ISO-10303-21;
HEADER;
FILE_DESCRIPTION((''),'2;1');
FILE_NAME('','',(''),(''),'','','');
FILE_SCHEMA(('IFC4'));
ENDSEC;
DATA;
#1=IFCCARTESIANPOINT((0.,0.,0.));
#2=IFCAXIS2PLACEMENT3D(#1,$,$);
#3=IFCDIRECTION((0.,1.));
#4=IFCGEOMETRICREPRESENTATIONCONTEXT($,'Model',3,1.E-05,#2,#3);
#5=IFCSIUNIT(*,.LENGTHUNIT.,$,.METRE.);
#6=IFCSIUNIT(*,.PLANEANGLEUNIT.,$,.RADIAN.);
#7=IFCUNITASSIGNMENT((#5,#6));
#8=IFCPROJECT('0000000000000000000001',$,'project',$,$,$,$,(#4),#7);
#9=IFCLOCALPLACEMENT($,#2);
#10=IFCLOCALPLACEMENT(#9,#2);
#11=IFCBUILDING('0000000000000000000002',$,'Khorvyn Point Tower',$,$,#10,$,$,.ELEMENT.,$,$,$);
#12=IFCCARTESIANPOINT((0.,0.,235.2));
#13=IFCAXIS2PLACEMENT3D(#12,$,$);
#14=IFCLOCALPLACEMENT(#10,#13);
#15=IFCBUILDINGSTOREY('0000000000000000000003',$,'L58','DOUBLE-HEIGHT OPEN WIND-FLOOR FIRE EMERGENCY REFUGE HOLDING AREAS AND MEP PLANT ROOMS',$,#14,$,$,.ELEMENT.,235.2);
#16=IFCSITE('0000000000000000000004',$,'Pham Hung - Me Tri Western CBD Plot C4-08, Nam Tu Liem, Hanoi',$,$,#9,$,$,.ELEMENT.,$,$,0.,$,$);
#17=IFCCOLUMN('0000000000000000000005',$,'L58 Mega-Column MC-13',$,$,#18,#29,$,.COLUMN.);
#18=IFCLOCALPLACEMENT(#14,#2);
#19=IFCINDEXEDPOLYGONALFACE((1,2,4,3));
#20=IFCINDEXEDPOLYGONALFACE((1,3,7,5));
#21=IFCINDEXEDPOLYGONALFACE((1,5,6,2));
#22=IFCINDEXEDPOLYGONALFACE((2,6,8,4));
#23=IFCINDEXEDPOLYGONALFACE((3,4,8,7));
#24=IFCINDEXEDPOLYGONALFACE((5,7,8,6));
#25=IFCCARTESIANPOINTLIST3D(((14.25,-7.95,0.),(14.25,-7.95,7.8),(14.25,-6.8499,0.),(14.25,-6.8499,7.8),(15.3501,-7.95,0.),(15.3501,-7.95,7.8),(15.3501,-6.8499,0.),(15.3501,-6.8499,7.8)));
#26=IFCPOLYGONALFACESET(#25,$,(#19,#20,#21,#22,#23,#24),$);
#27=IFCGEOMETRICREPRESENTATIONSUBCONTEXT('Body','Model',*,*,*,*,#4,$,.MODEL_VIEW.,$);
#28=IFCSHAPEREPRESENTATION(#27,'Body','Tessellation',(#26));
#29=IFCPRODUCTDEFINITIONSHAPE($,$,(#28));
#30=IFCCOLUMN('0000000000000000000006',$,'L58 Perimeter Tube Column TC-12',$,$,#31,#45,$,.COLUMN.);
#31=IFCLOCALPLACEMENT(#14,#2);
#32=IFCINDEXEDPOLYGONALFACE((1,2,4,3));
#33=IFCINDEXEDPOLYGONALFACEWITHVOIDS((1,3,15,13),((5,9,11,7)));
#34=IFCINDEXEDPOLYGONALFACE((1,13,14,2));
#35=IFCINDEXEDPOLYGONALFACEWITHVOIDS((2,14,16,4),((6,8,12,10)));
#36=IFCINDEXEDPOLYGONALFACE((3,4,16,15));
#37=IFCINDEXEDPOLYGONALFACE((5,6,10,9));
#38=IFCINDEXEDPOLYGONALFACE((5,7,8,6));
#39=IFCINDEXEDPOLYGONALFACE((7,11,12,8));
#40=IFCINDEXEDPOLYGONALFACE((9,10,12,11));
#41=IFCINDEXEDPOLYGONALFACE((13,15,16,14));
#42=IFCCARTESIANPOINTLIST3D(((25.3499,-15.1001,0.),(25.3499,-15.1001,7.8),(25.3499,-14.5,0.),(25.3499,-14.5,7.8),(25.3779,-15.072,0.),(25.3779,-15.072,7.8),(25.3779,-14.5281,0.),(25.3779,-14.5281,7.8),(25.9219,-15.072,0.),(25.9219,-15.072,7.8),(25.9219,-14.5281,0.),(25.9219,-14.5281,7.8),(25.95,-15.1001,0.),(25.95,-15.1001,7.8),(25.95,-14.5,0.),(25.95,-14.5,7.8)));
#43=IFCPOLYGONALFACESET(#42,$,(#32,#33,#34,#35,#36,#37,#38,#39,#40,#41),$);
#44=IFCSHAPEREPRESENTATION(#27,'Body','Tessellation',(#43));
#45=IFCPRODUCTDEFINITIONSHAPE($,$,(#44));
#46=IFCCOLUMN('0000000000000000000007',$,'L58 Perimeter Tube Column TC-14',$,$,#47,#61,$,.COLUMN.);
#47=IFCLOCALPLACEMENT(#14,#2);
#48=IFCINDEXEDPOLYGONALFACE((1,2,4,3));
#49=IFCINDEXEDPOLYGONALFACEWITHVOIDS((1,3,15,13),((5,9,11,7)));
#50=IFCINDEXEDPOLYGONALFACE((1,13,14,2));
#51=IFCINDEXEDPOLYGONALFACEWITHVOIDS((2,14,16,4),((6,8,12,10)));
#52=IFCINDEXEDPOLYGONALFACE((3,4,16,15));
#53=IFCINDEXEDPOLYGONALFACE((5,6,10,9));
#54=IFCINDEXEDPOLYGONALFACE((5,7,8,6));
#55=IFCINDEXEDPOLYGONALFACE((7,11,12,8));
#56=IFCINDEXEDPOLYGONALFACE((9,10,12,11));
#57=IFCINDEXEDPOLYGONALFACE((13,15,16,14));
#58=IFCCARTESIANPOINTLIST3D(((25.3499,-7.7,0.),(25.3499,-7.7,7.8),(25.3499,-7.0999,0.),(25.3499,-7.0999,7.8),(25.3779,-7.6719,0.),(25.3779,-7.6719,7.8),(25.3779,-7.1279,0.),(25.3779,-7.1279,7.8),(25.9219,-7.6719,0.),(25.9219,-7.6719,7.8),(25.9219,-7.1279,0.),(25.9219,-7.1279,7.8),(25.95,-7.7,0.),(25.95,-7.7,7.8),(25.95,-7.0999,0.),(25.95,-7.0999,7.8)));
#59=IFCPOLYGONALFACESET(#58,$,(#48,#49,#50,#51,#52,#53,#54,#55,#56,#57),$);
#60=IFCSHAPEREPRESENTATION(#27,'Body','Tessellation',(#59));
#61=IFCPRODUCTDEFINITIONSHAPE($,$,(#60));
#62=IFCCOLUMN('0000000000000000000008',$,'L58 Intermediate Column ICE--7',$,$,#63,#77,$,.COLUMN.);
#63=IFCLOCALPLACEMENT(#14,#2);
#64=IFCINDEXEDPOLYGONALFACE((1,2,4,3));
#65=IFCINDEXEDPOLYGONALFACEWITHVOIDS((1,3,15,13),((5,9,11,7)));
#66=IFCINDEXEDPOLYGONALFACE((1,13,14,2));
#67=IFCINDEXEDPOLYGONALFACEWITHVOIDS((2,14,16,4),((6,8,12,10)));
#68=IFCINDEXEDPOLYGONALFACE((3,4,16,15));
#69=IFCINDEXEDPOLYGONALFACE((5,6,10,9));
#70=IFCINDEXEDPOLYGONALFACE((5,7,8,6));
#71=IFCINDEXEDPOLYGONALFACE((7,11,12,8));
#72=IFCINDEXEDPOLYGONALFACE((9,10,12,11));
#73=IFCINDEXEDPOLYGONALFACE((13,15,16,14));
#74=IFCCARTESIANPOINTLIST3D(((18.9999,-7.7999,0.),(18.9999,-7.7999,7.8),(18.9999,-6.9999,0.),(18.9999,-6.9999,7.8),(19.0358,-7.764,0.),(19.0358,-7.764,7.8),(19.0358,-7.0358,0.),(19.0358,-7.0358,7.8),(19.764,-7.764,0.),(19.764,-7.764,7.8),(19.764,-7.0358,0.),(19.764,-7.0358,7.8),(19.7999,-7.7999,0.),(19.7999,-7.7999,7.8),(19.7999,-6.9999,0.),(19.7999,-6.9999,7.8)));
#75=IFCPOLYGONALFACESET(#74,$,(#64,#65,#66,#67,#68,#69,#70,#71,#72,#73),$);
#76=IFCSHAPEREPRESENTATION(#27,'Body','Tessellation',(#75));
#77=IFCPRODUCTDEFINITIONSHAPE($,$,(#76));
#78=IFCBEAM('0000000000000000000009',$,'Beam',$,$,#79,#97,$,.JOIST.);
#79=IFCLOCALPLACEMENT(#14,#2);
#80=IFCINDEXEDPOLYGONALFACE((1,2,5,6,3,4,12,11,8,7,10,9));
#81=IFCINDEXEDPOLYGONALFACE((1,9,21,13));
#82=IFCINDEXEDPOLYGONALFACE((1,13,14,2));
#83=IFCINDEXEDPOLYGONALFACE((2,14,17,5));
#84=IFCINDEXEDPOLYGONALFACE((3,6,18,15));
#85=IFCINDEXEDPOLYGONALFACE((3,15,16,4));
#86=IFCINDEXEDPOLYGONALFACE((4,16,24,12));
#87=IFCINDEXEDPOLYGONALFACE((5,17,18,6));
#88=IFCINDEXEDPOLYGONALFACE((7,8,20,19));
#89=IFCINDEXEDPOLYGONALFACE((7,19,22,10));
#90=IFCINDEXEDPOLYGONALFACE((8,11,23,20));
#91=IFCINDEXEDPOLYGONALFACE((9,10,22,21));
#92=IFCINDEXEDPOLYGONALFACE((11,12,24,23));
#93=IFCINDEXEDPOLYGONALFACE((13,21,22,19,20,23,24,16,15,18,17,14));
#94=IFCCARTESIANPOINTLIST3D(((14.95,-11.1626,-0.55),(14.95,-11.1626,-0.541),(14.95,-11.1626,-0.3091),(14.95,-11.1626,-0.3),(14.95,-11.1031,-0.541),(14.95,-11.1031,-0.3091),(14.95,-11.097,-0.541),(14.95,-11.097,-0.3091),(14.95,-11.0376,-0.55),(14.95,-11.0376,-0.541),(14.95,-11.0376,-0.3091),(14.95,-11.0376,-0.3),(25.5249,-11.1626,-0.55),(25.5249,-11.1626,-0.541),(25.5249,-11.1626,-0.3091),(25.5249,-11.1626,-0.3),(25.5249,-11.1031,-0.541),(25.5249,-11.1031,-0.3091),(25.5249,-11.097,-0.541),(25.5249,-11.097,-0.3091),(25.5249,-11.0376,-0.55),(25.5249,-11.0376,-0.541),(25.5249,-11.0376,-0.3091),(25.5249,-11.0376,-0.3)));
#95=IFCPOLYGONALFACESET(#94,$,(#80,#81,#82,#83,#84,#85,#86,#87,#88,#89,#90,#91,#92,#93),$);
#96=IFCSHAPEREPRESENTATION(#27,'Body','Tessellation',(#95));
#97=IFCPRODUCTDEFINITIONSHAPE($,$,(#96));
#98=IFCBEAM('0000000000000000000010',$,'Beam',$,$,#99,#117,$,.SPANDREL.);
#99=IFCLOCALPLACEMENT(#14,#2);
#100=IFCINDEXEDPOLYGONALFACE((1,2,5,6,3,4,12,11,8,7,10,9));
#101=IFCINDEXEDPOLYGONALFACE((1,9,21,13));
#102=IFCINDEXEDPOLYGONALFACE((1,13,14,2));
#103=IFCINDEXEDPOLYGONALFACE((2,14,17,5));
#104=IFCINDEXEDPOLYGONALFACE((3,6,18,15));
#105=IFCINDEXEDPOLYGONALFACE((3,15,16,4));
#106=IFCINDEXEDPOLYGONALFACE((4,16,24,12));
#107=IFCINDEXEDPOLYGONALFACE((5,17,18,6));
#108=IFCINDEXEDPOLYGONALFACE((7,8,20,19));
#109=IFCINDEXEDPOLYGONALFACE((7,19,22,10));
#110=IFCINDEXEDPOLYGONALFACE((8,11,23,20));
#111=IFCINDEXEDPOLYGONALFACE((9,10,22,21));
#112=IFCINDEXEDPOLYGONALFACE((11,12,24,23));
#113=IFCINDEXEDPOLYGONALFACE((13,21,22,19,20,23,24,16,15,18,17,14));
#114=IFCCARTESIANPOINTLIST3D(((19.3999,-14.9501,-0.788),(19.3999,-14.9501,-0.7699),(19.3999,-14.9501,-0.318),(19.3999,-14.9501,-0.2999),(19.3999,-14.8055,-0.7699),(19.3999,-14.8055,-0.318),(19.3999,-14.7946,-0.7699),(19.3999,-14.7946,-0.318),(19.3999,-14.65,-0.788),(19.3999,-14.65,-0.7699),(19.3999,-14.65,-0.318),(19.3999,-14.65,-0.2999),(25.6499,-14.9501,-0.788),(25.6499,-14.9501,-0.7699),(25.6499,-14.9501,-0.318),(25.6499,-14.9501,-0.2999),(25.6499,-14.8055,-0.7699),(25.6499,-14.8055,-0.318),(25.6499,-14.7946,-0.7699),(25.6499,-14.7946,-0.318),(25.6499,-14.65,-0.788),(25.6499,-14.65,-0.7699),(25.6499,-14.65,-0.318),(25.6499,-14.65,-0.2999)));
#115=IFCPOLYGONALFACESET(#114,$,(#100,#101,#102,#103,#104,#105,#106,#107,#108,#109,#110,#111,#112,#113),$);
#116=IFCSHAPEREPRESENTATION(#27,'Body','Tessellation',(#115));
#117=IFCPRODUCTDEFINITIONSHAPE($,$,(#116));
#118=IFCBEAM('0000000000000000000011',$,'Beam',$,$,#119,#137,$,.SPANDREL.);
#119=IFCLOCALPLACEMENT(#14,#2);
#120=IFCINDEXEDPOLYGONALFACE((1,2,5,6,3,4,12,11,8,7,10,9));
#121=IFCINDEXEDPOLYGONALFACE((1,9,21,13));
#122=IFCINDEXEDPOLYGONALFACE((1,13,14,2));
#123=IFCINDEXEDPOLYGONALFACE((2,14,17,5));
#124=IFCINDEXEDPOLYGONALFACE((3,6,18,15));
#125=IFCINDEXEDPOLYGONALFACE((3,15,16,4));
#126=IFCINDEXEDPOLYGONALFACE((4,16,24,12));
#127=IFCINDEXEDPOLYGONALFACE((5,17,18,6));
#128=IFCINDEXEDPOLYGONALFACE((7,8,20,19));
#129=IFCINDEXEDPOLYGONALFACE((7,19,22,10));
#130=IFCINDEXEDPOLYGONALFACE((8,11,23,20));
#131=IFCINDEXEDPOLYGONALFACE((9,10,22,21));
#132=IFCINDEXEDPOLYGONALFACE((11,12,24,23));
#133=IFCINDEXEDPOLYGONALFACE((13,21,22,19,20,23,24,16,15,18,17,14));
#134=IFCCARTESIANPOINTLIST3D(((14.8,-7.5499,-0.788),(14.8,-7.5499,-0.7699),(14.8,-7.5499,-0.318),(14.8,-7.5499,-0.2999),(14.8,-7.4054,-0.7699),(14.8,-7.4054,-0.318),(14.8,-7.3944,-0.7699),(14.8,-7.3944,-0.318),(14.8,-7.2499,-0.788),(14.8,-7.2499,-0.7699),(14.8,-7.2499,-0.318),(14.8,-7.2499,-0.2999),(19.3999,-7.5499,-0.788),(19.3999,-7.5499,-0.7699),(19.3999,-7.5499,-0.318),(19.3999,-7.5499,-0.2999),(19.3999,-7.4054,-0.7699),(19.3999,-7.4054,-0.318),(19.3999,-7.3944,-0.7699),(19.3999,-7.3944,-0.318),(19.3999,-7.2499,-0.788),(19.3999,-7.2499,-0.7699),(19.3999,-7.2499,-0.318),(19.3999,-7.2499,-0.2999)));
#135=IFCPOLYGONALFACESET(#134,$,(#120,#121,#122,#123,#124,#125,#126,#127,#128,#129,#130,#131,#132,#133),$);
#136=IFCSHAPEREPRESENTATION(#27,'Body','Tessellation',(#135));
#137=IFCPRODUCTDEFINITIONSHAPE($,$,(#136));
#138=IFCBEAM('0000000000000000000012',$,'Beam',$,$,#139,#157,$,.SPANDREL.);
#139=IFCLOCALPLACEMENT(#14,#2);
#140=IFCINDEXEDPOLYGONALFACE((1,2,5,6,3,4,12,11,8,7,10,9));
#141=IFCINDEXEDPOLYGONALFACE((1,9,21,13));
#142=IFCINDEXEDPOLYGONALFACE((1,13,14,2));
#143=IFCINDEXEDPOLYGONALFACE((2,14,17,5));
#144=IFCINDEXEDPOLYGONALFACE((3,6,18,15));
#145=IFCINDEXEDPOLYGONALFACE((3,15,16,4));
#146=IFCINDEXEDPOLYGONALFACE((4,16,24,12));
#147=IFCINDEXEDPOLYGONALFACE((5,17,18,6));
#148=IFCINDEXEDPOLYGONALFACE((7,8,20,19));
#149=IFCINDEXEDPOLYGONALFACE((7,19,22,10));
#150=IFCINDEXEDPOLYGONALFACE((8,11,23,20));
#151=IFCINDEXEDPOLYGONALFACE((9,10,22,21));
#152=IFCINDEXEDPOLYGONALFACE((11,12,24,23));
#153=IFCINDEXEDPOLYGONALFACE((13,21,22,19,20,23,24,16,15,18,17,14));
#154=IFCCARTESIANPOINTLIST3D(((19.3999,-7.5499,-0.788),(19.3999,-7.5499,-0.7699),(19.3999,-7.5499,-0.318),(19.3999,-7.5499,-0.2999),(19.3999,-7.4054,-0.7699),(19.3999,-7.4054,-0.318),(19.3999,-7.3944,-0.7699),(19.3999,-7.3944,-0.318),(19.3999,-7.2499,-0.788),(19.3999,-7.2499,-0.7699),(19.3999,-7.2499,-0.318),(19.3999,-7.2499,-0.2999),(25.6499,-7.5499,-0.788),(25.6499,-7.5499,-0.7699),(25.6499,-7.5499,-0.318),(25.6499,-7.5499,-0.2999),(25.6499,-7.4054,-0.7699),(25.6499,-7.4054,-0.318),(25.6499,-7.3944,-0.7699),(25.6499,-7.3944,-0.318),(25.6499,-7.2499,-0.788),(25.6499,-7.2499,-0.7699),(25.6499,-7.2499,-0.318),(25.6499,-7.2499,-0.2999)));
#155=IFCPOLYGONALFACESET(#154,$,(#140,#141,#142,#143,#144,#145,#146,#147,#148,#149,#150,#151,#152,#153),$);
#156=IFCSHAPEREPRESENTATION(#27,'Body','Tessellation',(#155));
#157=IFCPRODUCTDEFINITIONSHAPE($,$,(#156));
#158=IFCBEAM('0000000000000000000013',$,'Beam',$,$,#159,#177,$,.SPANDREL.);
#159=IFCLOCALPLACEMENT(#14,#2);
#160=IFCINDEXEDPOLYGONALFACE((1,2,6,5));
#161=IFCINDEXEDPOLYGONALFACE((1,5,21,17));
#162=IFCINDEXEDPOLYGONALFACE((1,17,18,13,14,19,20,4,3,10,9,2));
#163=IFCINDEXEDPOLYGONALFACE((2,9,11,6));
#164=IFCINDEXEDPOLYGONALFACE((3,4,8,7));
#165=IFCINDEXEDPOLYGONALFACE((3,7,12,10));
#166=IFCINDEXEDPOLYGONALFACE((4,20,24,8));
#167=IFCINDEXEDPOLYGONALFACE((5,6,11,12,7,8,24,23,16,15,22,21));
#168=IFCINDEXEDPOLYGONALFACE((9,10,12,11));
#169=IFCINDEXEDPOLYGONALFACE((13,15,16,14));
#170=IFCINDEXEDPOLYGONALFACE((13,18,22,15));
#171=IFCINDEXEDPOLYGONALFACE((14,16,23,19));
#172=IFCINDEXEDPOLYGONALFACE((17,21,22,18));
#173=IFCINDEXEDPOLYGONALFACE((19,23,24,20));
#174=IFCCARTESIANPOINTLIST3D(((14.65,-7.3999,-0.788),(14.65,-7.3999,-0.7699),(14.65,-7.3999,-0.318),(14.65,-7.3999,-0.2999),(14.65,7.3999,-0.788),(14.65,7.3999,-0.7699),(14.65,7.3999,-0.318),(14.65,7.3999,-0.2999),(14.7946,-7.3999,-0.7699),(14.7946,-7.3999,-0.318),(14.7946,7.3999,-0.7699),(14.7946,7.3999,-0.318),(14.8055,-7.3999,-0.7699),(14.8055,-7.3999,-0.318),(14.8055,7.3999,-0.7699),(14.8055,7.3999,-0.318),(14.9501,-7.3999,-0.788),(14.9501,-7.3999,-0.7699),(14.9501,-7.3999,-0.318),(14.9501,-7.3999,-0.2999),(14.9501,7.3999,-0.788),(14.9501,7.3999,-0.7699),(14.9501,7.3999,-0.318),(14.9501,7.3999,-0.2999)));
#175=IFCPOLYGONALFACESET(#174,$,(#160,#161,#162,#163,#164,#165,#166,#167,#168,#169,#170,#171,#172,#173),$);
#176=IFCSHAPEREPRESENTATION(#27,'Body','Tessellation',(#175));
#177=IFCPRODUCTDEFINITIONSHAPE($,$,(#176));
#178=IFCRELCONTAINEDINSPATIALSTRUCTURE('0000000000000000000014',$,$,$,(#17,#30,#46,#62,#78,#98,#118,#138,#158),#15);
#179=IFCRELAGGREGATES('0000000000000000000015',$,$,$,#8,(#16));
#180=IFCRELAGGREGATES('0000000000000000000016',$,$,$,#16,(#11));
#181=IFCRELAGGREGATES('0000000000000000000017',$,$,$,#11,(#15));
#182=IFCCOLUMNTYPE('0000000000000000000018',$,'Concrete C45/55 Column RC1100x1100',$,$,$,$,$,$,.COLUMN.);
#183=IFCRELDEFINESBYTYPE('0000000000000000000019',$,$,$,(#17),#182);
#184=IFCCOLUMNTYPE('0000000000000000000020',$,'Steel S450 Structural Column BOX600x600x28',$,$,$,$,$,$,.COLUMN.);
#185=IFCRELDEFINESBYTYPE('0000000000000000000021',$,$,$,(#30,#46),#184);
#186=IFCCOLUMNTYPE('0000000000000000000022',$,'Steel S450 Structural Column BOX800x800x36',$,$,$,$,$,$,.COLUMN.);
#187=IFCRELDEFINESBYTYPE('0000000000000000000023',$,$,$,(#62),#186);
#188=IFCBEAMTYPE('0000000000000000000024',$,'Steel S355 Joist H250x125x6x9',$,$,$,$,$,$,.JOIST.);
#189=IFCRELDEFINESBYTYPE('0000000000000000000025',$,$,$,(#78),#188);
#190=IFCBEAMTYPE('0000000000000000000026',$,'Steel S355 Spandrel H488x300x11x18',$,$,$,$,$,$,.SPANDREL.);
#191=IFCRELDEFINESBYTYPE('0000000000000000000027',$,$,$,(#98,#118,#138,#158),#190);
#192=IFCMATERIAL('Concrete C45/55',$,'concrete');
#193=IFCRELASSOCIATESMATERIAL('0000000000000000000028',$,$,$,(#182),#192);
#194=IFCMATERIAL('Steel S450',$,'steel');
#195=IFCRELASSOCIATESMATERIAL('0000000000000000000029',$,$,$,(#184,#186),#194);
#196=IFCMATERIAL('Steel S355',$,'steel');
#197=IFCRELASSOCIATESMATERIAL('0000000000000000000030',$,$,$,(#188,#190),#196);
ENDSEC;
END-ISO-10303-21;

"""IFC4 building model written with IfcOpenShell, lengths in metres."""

from ifc_helpers import new_model, si_unit, direction, frame, origin, origin_2d, place, context, subcontext, project, spatial, rectangle, hollow_rectangle, i_section, extrude, material, material_profile, profile_set, type_object, element, save


model = new_model("IFC4")

# Units and contexts
model_context = context("Model", 3, precision=1e-05, world=origin(), true_north=direction((0.0, 1.0)))
body_context = subcontext(model_context, "Body", "Model", "MODEL_VIEW")
ifc_project = project(units=[si_unit("LENGTHUNIT", "METRE"), si_unit("PLANEANGLEUNIT", "RADIAN")], contexts=[model_context])

# Site, building, storey
site_placement = place(None, origin())
site = spatial("IfcSite", under=ifc_project, at=site_placement, Name="Pham Hung - Me Tri Western CBD Plot C4-08, Nam Tu Liem, Hanoi", CompositionType="ELEMENT", RefElevation=0.0)
building_placement = place(site_placement, origin())
building = spatial("IfcBuilding", under=site, at=building_placement, Name="Khorvyn Point Tower", CompositionType="ELEMENT")
storey_placement = place(building_placement, frame((0.0, 0.0, 235.2)))
storey = spatial("IfcBuildingStorey", under=building, at=storey_placement, Name="L58", Description="DOUBLE-HEIGHT OPEN WIND-FLOOR FIRE EMERGENCY REFUGE HOLDING AREAS AND MEP PLANT ROOMS", CompositionType="ELEMENT", Elevation=235.2)

# Columns
ifc_material_1 = material(Name="Concrete C45/55", Category="concrete")
ifc_material_profile_1 = material_profile(ifc_material_1, rectangle(XDim=1.1001, YDim=1.1001, at=origin_2d()))
ifc_profile_set_1 = profile_set([ifc_material_profile_1], Name="Concrete C45/55 RC1100x1100")
column_type_1 = type_object("IfcColumnType", Name="Concrete C45/55 Column RC1100x1100", PredefinedType="COLUMN", material=ifc_profile_set_1)
column_1_placement = place(storey_placement, frame((14.8, -7.3999, 0.0), z_axis=(0.0, 0.0, 1.0), x_axis=(1.0, 0.0, 0.0)))
element("IfcColumn", 1, at=column_1_placement, inside=storey, type_object=column_type_1, Name="L58 Mega-Column MC-13", PredefinedType="COLUMN", context=body_context, shape_type="SweptSolid", body=[
    extrude(rectangle(XDim=1.1001, YDim=1.1001, at=origin_2d()), origin(), (0.0, 0.0, 1.0), 7.8),
])
ifc_material_2 = material(Name="Steel S450", Category="steel")
ifc_material_profile_2 = material_profile(ifc_material_2, hollow_rectangle(XDim=0.6001, YDim=0.6001, WallThickness=0.0281, at=origin_2d()))
ifc_profile_set_2 = profile_set([ifc_material_profile_2], Name="Steel S450 BOX600x600x28")
column_type_2 = type_object("IfcColumnType", Name="Steel S450 Structural Column BOX600x600x28", PredefinedType="COLUMN", material=ifc_profile_set_2)
for number, where, z_axis, x_axis, name in (
    (2, (25.6499, -14.8, 0.0), (0.0, 0.0, 1.0), (1.0, 0.0, 0.0), "L58 Perimeter Tube Column TC-12"),
    (3, (25.6499, -7.3999, 0.0), (0.0, 0.0, 1.0), (1.0, 0.0, 0.0), "L58 Perimeter Tube Column TC-14"),
):
    element("IfcColumn", number, at=place(storey_placement, frame(where, z_axis=z_axis, x_axis=x_axis)), inside=storey, type_object=column_type_2, Name=name, PredefinedType="COLUMN", context=body_context, shape_type="SweptSolid", body=[
        extrude(hollow_rectangle(XDim=0.6001, YDim=0.6001, WallThickness=0.0281, at=origin_2d()), origin(), (0.0, 0.0, 1.0), 7.8),
    ])
ifc_material_profile_3 = material_profile(ifc_material_2, hollow_rectangle(XDim=0.8, YDim=0.8, WallThickness=0.0359, at=origin_2d()))
ifc_profile_set_3 = profile_set([ifc_material_profile_3], Name="Steel S450 BOX800x800x36")
column_type_3 = type_object("IfcColumnType", Name="Steel S450 Structural Column BOX800x800x36", PredefinedType="COLUMN", material=ifc_profile_set_3)
column_2_placement = place(storey_placement, frame((19.3999, -7.3999, 0.0), z_axis=(0.0, 0.0, 1.0), x_axis=(1.0, 0.0, 0.0)))
element("IfcColumn", 4, at=column_2_placement, inside=storey, type_object=column_type_3, Name="L58 Intermediate Column ICE--7", PredefinedType="COLUMN", context=body_context, shape_type="SweptSolid", body=[
    extrude(hollow_rectangle(XDim=0.8, YDim=0.8, WallThickness=0.0359, at=origin_2d()), origin(), (0.0, 0.0, 1.0), 7.8),
])

# Beams
ifc_material_3 = material(Name="Steel S355", Category="steel")
ifc_material_profile_4 = material_profile(ifc_material_3, i_section(OverallWidth=0.125, OverallDepth=0.25, WebThickness=0.0061, FlangeThickness=0.009, at=origin_2d()))
ifc_profile_set_4 = profile_set([ifc_material_profile_4], Name="Steel S355 H250x125x6x9")
beam_type_1 = type_object("IfcBeamType", Name="Steel S355 Joist H250x125x6x9", PredefinedType="JOIST", material=ifc_profile_set_4)
beam_1_placement = place(storey_placement, frame((14.95, -11.1001, -0.425), z_axis=(1.0, 0.0, 0.0), x_axis=(0.0, 1.0, 0.0)))
element("IfcBeam", 5, at=beam_1_placement, inside=storey, type_object=beam_type_1, Name="Beam", PredefinedType="JOIST", context=body_context, shape_type="SweptSolid", body=[
    extrude(i_section(OverallWidth=0.125, OverallDepth=0.25, WebThickness=0.0061, FlangeThickness=0.009, at=origin_2d()), origin(), (0.0, 0.0, 1.0), 10.575),
])
ifc_material_profile_5 = material_profile(ifc_material_3, i_section(OverallWidth=0.3, OverallDepth=0.488, WebThickness=0.011, FlangeThickness=0.0181, at=origin_2d()))
ifc_profile_set_5 = profile_set([ifc_material_profile_5], Name="Steel S355 H488x300x11x18")
beam_type_2 = type_object("IfcBeamType", Name="Steel S355 Spandrel H488x300x11x18", PredefinedType="SPANDREL", material=ifc_profile_set_5)
beam_2_placement = place(storey_placement, frame((19.3999, -14.8, -0.5439), z_axis=(1.0, 0.0, 0.0), x_axis=(0.0, 1.0, 0.0)))
element("IfcBeam", 6, at=beam_2_placement, inside=storey, type_object=beam_type_2, Name="Beam", PredefinedType="SPANDREL", context=body_context, shape_type="SweptSolid", body=[
    extrude(i_section(OverallWidth=0.3, OverallDepth=0.488, WebThickness=0.011, FlangeThickness=0.0181, at=origin_2d()), origin(), (0.0, 0.0, 1.0), 6.25),
])
beam_3_placement = place(storey_placement, frame((14.8, -7.3999, -0.5439), z_axis=(1.0, 0.0, 0.0), x_axis=(0.0, 1.0, 0.0)))
element("IfcBeam", 7, at=beam_3_placement, inside=storey, type_object=beam_type_2, Name="Beam", PredefinedType="SPANDREL", context=body_context, shape_type="SweptSolid", body=[
    extrude(i_section(OverallWidth=0.3, OverallDepth=0.488, WebThickness=0.011, FlangeThickness=0.0181, at=origin_2d()), origin(), (0.0, 0.0, 1.0), 4.5999),
])
beam_4_placement = place(storey_placement, frame((19.3999, -7.3999, -0.5439), z_axis=(1.0, 0.0, 0.0), x_axis=(0.0, 1.0, 0.0)))
element("IfcBeam", 8, at=beam_4_placement, inside=storey, type_object=beam_type_2, Name="Beam", PredefinedType="SPANDREL", context=body_context, shape_type="SweptSolid", body=[
    extrude(i_section(OverallWidth=0.3, OverallDepth=0.488, WebThickness=0.011, FlangeThickness=0.0181, at=origin_2d()), origin(), (0.0, 0.0, 1.0), 6.25),
])
beam_5_placement = place(storey_placement, frame((14.8, -7.3999, -0.5439), z_axis=(0.0, 1.0, 0.0), x_axis=(-1.0, 0.0, 0.0)))
element("IfcBeam", 9, at=beam_5_placement, inside=storey, type_object=beam_type_2, Name="Beam", PredefinedType="SPANDREL", context=body_context, shape_type="SweptSolid", body=[
    extrude(i_section(OverallWidth=0.3, OverallDepth=0.488, WebThickness=0.011, FlangeThickness=0.0181, at=origin_2d()), origin(), (0.0, 0.0, 1.0), 14.7998),
])

save(model, "model.ifc")
